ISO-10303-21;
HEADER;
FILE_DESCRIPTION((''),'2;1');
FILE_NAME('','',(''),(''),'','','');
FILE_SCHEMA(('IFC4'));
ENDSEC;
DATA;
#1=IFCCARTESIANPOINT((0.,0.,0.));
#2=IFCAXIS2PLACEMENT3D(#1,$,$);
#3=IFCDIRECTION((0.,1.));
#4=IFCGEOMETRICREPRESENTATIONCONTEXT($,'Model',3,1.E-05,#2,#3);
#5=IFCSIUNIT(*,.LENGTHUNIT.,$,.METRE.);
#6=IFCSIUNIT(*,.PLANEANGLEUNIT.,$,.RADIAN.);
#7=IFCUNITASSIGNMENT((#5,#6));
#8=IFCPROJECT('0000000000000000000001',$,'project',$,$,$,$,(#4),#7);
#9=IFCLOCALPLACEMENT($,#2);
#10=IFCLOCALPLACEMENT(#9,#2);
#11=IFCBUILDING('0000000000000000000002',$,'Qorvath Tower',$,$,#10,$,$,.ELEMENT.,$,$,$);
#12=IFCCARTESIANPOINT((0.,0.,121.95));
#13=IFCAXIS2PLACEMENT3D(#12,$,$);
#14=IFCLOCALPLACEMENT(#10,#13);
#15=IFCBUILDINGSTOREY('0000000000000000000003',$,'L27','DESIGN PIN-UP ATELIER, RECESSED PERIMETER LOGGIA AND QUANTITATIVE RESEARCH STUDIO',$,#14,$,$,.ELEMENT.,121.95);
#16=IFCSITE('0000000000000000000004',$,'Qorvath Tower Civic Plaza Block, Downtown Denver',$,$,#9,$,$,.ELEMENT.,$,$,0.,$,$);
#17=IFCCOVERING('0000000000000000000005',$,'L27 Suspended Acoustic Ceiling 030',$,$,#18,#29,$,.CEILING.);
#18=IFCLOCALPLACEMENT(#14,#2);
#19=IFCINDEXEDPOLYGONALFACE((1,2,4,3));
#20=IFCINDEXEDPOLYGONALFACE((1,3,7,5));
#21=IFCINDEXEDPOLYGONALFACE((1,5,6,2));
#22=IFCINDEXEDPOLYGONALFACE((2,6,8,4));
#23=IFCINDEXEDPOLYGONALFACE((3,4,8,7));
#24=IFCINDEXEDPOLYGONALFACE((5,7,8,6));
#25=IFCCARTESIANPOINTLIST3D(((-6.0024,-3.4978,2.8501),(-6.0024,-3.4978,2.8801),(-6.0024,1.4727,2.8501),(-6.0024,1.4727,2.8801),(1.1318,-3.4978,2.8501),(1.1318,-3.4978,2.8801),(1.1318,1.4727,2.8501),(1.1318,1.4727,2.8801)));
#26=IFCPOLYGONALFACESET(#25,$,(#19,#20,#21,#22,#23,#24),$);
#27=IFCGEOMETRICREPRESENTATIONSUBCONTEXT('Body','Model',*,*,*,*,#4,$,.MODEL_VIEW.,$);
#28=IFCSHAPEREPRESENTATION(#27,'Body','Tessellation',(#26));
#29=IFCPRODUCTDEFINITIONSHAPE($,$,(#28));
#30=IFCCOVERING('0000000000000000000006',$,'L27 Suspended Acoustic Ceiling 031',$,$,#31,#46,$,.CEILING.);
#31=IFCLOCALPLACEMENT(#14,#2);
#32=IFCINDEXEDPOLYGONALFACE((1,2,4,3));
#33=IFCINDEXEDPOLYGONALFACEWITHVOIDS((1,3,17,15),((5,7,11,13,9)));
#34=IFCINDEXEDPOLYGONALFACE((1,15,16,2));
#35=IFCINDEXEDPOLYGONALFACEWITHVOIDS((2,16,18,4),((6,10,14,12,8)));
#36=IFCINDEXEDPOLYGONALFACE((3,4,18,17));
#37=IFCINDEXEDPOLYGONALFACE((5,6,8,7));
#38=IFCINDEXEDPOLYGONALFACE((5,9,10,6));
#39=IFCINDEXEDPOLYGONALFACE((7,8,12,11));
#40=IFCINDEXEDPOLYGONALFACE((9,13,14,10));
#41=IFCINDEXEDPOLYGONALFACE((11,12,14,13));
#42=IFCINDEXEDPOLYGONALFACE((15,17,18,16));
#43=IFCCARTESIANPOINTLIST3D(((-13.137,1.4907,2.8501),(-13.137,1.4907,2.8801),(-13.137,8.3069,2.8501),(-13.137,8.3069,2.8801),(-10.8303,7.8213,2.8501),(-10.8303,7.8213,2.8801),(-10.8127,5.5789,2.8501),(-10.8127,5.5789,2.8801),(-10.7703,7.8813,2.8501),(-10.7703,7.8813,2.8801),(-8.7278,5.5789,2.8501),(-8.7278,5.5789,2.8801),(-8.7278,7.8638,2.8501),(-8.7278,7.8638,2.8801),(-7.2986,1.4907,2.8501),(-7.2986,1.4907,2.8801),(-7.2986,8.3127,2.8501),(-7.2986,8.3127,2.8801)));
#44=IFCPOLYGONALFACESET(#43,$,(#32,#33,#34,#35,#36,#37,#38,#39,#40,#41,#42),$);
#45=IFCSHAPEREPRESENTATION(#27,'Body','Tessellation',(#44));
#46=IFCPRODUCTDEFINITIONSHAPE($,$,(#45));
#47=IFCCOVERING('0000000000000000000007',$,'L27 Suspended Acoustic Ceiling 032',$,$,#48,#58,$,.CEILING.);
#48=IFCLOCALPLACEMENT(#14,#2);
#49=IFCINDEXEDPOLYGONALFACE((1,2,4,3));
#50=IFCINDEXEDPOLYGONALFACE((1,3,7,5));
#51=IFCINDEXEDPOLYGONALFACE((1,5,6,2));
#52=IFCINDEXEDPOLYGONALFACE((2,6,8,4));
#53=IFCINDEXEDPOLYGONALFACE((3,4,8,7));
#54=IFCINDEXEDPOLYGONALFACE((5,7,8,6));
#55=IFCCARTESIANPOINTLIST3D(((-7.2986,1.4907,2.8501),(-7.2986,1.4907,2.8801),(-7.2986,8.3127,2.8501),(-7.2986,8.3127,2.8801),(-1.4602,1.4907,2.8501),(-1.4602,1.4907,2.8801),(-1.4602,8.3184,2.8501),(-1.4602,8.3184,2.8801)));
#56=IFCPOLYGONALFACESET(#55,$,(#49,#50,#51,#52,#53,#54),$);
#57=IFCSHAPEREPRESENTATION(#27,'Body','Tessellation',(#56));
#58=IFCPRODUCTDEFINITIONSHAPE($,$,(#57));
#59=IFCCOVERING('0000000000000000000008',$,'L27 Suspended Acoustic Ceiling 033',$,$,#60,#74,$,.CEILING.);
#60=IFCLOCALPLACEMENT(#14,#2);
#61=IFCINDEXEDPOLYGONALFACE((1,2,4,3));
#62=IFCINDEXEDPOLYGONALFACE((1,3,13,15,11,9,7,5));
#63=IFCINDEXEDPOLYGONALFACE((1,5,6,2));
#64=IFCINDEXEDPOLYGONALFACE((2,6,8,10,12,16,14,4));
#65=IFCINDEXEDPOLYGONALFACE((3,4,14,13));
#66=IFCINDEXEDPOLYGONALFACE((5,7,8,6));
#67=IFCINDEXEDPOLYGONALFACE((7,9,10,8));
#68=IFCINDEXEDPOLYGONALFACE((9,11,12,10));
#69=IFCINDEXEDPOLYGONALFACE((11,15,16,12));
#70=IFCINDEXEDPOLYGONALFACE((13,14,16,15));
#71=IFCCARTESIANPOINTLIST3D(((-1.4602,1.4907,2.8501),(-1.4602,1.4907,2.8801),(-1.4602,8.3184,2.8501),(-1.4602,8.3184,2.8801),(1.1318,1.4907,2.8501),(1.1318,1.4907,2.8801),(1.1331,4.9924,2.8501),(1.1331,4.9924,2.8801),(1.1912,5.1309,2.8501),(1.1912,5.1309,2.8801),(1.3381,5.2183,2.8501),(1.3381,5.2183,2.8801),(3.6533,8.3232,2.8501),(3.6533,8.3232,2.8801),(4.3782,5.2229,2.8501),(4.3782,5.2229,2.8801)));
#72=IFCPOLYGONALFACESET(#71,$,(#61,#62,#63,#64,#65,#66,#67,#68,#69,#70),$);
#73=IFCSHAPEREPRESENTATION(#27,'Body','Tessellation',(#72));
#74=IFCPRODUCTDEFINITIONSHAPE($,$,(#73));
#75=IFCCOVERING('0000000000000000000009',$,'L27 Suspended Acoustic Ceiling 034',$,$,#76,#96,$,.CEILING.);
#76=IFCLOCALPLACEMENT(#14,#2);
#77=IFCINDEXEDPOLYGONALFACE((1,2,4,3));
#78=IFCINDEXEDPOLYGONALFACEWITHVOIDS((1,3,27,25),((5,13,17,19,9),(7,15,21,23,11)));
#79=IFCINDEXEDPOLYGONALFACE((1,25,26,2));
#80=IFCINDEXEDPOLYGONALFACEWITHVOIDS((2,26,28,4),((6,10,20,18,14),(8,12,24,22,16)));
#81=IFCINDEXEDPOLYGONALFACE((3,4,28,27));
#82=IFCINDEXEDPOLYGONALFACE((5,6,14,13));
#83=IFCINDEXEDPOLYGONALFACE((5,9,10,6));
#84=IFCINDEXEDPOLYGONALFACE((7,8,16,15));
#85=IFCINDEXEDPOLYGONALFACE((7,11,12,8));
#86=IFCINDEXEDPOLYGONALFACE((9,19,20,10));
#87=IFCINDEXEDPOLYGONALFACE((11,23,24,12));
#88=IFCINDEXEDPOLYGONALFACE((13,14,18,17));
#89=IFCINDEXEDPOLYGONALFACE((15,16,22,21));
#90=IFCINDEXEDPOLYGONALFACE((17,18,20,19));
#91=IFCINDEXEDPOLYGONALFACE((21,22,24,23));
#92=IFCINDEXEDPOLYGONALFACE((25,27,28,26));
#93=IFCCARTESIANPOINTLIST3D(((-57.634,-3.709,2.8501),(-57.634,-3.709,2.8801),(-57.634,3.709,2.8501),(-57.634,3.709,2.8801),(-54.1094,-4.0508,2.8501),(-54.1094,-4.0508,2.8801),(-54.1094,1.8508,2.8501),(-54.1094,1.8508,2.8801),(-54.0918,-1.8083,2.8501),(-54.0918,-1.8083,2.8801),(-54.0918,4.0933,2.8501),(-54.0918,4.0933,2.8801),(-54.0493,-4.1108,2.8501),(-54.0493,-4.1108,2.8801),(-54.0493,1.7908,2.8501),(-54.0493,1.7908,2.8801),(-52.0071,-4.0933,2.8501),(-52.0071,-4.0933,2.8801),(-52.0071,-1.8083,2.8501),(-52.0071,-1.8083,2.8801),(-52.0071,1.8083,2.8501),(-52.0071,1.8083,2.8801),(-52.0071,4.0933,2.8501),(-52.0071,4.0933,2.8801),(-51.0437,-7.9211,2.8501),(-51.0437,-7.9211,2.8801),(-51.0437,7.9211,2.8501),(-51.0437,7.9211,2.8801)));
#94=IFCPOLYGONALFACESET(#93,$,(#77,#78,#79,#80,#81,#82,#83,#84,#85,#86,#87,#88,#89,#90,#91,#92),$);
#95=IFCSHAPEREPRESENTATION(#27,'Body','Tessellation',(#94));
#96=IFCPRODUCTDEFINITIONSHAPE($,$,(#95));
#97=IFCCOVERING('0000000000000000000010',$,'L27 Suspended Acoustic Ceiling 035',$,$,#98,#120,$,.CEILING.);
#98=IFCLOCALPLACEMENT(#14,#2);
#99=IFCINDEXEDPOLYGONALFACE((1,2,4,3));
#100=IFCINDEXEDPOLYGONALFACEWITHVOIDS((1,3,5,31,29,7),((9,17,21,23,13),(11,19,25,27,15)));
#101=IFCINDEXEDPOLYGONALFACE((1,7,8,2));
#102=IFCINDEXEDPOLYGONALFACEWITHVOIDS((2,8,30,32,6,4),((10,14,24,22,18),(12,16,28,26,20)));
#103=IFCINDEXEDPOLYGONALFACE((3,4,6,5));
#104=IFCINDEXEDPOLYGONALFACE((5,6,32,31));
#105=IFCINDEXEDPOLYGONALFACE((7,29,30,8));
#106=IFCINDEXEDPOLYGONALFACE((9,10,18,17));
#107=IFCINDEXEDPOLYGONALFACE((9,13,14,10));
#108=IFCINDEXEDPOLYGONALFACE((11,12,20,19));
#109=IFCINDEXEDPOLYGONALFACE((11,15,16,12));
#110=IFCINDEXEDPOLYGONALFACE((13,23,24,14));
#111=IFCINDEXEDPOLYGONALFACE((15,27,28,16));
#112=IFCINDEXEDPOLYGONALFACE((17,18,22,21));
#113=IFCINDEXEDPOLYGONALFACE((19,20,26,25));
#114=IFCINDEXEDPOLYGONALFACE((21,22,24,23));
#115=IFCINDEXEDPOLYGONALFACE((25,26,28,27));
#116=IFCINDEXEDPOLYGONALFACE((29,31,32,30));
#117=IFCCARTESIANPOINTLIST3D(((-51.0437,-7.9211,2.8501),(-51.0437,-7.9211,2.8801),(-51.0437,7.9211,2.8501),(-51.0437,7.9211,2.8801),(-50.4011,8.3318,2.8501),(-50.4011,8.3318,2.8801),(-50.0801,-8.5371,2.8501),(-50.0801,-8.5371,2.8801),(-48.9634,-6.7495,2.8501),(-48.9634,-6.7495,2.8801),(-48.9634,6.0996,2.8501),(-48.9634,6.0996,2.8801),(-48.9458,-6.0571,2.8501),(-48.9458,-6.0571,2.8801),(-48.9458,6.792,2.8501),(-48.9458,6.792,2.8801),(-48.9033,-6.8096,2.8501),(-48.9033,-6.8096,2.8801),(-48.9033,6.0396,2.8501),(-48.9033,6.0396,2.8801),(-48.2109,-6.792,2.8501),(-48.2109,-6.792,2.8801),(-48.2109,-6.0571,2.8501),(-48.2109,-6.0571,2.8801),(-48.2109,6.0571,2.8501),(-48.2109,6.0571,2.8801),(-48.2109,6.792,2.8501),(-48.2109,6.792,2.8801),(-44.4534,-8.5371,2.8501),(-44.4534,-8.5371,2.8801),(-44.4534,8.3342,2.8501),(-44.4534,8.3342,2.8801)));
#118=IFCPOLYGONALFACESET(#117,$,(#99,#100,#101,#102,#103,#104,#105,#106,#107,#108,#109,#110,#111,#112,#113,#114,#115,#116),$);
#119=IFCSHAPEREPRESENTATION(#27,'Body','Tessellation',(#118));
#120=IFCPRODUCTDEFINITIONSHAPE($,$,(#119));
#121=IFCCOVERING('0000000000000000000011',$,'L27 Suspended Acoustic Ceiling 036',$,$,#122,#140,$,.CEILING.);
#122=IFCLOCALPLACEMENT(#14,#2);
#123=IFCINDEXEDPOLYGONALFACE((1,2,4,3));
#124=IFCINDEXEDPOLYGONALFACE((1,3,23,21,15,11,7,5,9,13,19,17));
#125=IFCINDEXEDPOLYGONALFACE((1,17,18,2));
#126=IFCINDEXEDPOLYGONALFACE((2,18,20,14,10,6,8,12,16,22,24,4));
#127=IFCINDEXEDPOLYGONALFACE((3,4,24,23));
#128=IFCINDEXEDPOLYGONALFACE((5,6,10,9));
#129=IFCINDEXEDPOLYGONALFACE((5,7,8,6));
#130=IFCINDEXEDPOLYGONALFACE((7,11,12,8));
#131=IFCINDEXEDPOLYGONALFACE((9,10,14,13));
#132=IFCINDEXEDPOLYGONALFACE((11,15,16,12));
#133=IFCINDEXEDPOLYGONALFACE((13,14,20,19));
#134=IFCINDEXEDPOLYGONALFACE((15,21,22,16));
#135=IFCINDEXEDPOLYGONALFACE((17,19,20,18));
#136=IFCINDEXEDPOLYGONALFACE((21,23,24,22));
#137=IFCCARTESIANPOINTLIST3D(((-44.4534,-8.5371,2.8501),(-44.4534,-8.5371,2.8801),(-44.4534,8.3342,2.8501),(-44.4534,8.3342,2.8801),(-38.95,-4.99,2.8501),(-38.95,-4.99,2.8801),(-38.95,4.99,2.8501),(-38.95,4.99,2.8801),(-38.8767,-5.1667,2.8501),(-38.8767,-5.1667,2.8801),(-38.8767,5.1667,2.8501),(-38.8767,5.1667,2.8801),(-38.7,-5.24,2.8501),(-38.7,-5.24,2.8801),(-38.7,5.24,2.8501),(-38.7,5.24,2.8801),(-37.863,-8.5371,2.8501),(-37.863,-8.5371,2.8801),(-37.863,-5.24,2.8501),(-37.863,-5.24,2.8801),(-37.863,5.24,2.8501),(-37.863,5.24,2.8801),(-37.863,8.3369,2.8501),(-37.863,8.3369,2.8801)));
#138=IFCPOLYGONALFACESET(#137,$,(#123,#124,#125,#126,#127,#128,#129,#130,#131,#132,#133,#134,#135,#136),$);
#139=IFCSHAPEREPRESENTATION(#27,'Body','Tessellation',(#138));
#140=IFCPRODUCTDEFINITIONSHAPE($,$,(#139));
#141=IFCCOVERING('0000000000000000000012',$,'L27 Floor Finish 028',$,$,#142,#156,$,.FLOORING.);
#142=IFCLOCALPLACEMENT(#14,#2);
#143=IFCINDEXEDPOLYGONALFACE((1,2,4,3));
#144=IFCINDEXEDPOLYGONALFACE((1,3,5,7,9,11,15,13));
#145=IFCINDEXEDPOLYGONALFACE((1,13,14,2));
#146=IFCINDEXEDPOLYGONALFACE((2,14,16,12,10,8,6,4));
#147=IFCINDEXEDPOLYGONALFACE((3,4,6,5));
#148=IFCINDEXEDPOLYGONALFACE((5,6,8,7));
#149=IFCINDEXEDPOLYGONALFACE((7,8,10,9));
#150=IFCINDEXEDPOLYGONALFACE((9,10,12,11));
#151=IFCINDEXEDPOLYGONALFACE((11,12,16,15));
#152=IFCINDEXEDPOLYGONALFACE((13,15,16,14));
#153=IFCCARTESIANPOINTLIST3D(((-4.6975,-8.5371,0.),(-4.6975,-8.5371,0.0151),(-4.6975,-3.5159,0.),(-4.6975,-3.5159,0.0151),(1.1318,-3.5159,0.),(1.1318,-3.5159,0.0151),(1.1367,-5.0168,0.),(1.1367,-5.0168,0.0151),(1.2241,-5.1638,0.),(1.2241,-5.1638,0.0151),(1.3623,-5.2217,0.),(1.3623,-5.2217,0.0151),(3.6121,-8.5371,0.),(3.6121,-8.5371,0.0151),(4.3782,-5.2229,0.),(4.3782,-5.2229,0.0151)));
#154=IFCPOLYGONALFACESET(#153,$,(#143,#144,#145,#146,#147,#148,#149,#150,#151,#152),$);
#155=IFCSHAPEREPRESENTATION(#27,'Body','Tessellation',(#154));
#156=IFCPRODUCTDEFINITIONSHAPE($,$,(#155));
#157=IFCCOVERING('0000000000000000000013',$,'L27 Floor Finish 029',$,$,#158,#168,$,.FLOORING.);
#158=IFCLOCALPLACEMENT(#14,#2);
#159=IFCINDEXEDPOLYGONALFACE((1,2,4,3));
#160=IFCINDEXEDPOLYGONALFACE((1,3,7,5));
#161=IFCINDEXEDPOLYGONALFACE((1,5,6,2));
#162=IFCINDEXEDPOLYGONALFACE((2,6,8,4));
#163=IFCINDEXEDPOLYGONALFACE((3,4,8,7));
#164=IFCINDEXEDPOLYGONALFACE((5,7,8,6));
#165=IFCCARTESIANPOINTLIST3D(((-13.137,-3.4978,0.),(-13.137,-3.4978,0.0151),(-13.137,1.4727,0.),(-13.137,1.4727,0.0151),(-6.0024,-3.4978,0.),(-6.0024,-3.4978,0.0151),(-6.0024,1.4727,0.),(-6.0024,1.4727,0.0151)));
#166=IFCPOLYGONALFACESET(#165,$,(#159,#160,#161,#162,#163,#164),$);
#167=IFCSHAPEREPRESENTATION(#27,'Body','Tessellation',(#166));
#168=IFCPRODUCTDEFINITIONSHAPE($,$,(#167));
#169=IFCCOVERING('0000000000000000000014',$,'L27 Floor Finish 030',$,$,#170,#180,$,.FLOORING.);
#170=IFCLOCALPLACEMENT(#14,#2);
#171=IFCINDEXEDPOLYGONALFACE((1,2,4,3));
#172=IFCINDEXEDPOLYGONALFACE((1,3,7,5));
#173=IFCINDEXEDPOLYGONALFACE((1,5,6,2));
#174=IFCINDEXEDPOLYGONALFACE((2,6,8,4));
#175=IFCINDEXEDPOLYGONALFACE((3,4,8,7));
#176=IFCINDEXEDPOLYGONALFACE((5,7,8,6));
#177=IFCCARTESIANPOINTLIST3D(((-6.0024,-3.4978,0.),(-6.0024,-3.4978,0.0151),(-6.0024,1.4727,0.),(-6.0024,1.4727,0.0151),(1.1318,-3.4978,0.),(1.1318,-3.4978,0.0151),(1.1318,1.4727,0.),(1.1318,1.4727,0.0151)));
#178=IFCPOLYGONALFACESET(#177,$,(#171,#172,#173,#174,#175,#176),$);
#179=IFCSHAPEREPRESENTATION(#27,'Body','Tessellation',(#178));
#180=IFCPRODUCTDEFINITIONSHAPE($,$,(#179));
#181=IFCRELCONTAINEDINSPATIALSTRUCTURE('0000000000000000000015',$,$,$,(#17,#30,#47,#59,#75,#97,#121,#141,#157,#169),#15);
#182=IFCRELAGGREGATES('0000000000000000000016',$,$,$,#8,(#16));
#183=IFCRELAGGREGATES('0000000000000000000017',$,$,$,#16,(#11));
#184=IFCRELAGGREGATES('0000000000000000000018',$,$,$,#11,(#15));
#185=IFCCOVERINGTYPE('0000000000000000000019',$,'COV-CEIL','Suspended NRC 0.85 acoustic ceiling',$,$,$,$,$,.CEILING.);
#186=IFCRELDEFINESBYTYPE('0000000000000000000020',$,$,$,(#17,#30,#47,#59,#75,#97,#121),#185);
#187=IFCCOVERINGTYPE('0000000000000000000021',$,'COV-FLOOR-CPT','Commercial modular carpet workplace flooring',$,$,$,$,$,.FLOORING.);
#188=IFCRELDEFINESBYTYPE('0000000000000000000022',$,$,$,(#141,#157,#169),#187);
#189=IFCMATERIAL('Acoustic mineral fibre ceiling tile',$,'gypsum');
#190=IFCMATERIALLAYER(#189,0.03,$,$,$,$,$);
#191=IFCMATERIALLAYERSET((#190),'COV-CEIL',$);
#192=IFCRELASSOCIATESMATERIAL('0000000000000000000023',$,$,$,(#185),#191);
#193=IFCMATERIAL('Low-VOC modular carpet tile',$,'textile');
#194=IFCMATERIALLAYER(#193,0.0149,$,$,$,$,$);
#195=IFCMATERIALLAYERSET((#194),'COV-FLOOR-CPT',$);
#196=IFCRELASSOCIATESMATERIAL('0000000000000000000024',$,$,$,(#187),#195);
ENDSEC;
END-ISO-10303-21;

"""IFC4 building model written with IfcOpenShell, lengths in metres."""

from ifc_helpers import new_model, si_unit, direction, frame, origin, place, context, subcontext, project, spatial, polyline, outline, extrude, material, layer, layer_set, type_object, element, save


model = new_model("IFC4")

# Units and contexts
model_context = context("Model", 3, precision=1e-05, world=origin(), true_north=direction((0.0, 1.0)))
body_context = subcontext(model_context, "Body", "Model", "MODEL_VIEW")
ifc_project = project(units=[si_unit("LENGTHUNIT", "METRE"), si_unit("PLANEANGLEUNIT", "RADIAN")], contexts=[model_context])

# Site, building, storey
site_placement = place(None, origin())
site = spatial("IfcSite", under=ifc_project, at=site_placement, Name="Qorvath Tower Civic Plaza Block, Downtown Denver", CompositionType="ELEMENT", RefElevation=0.0)
building_placement = place(site_placement, origin())
building = spatial("IfcBuilding", under=site, at=building_placement, Name="Qorvath Tower", CompositionType="ELEMENT")
storey_placement = place(building_placement, frame((0.0, 0.0, 121.95)))
storey = spatial("IfcBuildingStorey", under=building, at=storey_placement, Name="L27", Description="DESIGN PIN-UP ATELIER, RECESSED PERIMETER LOGGIA AND QUANTITATIVE RESEARCH STUDIO", CompositionType="ELEMENT", Elevation=121.95)

# Coverings
ifc_material_1 = material(Name="Acoustic mineral fibre ceiling tile", Category="gypsum")
ifc_layer_1 = layer(ifc_material_1, 0.03)
ifc_layer_set_1 = layer_set([ifc_layer_1], Name="COV-CEIL")
covering_type_1 = type_object("IfcCoveringType", Name="COV-CEIL", Description="Suspended NRC 0.85 acoustic ceiling", PredefinedType="CEILING", material=ifc_layer_set_1)
covering_1_placement = place(storey_placement, frame((0.0, 0.0, 2.8501)))
element("IfcCovering", 1, at=covering_1_placement, inside=storey, type_object=covering_type_1, Name="L27 Suspended Acoustic Ceiling 030", PredefinedType="CEILING", context=body_context, shape_type="SweptSolid", body=[
    extrude(outline(polyline([(-6.0024, 1.4727), (-6.0024, -3.4978), (1.1318, -3.4978), (1.1318, 1.4727), (-6.0024, 1.4727)])), origin(), (0.0, 0.0, 1.0), 0.03),
])
covering_2_placement = place(storey_placement, frame((0.0, 0.0, 2.8501)))
element("IfcCovering", 2, at=covering_2_placement, inside=storey, type_object=covering_type_1, Name="L27 Suspended Acoustic Ceiling 031", PredefinedType="CEILING", context=body_context, shape_type="SweptSolid", body=[
    extrude(outline(polyline([(-7.2986, 1.4907), (-7.2986, 8.3127), (-13.137, 8.3069), (-13.137, 1.4907), (-7.2986, 1.4907)]), holes=[polyline([(-10.8303, 7.8213), (-10.7703, 7.8813), (-8.7278, 7.8638), (-8.7278, 5.5789), (-10.8127, 5.5789), (-10.8303, 7.8213)])]), origin(), (0.0, 0.0, 1.0), 0.03),
])
covering_3_placement = place(storey_placement, frame((0.0, 0.0, 2.8501)))
element("IfcCovering", 3, at=covering_3_placement, inside=storey, type_object=covering_type_1, Name="L27 Suspended Acoustic Ceiling 032", PredefinedType="CEILING", context=body_context, shape_type="SweptSolid", body=[
    extrude(outline(polyline([(-1.4602, 1.4907), (-1.4602, 8.3184), (-7.2986, 8.3127), (-7.2986, 1.4907), (-1.4602, 1.4907)])), origin(), (0.0, 0.0, 1.0), 0.03),
])
covering_4_placement = place(storey_placement, frame((0.0, 0.0, 2.8501)))
element("IfcCovering", 4, at=covering_4_placement, inside=storey, type_object=covering_type_1, Name="L27 Suspended Acoustic Ceiling 033", PredefinedType="CEILING", context=body_context, shape_type="SweptSolid", body=[
    extrude(outline(polyline([(1.1912, 5.1309), (1.3381, 5.2183), (4.3782, 5.2229), (3.6533, 8.3232), (-1.4602, 8.3184), (-1.4602, 1.4907), (1.1318, 1.4907), (1.1331, 4.9924), (1.1912, 5.1309)])), origin(), (0.0, 0.0, 1.0), 0.03),
])
covering_5_placement = place(storey_placement, frame((0.0, 0.0, 2.8501)))
element("IfcCovering", 5, at=covering_5_placement, inside=storey, type_object=covering_type_1, Name="L27 Suspended Acoustic Ceiling 034", PredefinedType="CEILING", context=body_context, shape_type="SweptSolid", body=[
    extrude(outline(polyline([(-51.0437, -7.9211), (-51.0437, 7.9211), (-57.634, 3.709), (-57.634, -3.709), (-51.0437, -7.9211)]), holes=[polyline([(-54.1094, -4.0508), (-54.0918, -1.8083), (-52.0071, -1.8083), (-52.0071, -4.0933), (-54.0493, -4.1108), (-54.1094, -4.0508)]), polyline([(-54.1094, 1.8508), (-54.0918, 4.0933), (-52.0071, 4.0933), (-52.0071, 1.8083), (-54.0493, 1.7908), (-54.1094, 1.8508)])]), origin(), (0.0, 0.0, 1.0), 0.03),
])
covering_6_placement = place(storey_placement, frame((0.0, 0.0, 2.8501)))
element("IfcCovering", 6, at=covering_6_placement, inside=storey, type_object=covering_type_1, Name="L27 Suspended Acoustic Ceiling 035", PredefinedType="CEILING", context=body_context, shape_type="SweptSolid", body=[
    extrude(outline(polyline([(-44.4534, -8.5371), (-44.4534, 8.3342), (-50.4011, 8.3318), (-51.0437, 7.9211), (-51.0437, -7.9211), (-50.0801, -8.5371), (-44.4534, -8.5371)]), holes=[polyline([(-48.9634, -6.7495), (-48.9458, -6.0571), (-48.2109, -6.0571), (-48.2109, -6.792), (-48.9033, -6.8096), (-48.9634, -6.7495)]), polyline([(-48.9634, 6.0996), (-48.9458, 6.792), (-48.2109, 6.792), (-48.2109, 6.0571), (-48.9033, 6.0396), (-48.9634, 6.0996)])]), origin(), (0.0, 0.0, 1.0), 0.03),
])
covering_7_placement = place(storey_placement, frame((0.0, 0.0, 2.8501)))
element("IfcCovering", 7, at=covering_7_placement, inside=storey, type_object=covering_type_1, Name="L27 Suspended Acoustic Ceiling 036", PredefinedType="CEILING", context=body_context, shape_type="SweptSolid", body=[
    extrude(outline(polyline([(-37.863, 8.3369), (-44.4534, 8.3342), (-44.4534, -8.5371), (-37.863, -8.5371), (-37.863, -5.24), (-38.7, -5.24), (-38.8767, -5.1667), (-38.95, -4.99), (-38.95, 4.99), (-38.8767, 5.1667), (-38.7, 5.24), (-37.863, 5.24), (-37.863, 8.3369)])), origin(), (0.0, 0.0, 1.0), 0.03),
])
ifc_material_2 = material(Name="Low-VOC modular carpet tile", Category="textile")
ifc_layer_2 = layer(ifc_material_2, 0.0149)
ifc_layer_set_2 = layer_set([ifc_layer_2], Name="COV-FLOOR-CPT")
covering_type_2 = type_object("IfcCoveringType", Name="COV-FLOOR-CPT", Description="Commercial modular carpet workplace flooring", PredefinedType="FLOORING", material=ifc_layer_set_2)
covering_8_placement = place(storey_placement, origin())
element("IfcCovering", 8, at=covering_8_placement, inside=storey, type_object=covering_type_2, Name="L27 Floor Finish 028", PredefinedType="FLOORING", context=body_context, shape_type="SweptSolid", body=[
    extrude(outline(polyline([(1.2241, -5.1638), (1.1367, -5.0168), (1.1318, -3.5159), (-4.6975, -3.5159), (-4.6975, -8.5371), (3.6121, -8.5371), (4.3782, -5.2229), (1.3623, -5.2217), (1.2241, -5.1638)])), origin(), (0.0, 0.0, 1.0), 0.0151),
])
covering_9_placement = place(storey_placement, origin())
element("IfcCovering", 9, at=covering_9_placement, inside=storey, type_object=covering_type_2, Name="L27 Floor Finish 029", PredefinedType="FLOORING", context=body_context, shape_type="SweptSolid", body=[
    extrude(outline(polyline([(-13.137, -3.4978), (-6.0024, -3.4978), (-6.0024, 1.4727), (-13.137, 1.4727), (-13.137, -3.4978)])), origin(), (0.0, 0.0, 1.0), 0.0151),
])
covering_10_placement = place(storey_placement, origin())
element("IfcCovering", 10, at=covering_10_placement, inside=storey, type_object=covering_type_2, Name="L27 Floor Finish 030", PredefinedType="FLOORING", context=body_context, shape_type="SweptSolid", body=[
    extrude(outline(polyline([(-6.0024, 1.4727), (-6.0024, -3.4978), (1.1318, -3.4978), (1.1318, 1.4727), (-6.0024, 1.4727)])), origin(), (0.0, 0.0, 1.0), 0.0151),
])

save(model, "model.ifc")
